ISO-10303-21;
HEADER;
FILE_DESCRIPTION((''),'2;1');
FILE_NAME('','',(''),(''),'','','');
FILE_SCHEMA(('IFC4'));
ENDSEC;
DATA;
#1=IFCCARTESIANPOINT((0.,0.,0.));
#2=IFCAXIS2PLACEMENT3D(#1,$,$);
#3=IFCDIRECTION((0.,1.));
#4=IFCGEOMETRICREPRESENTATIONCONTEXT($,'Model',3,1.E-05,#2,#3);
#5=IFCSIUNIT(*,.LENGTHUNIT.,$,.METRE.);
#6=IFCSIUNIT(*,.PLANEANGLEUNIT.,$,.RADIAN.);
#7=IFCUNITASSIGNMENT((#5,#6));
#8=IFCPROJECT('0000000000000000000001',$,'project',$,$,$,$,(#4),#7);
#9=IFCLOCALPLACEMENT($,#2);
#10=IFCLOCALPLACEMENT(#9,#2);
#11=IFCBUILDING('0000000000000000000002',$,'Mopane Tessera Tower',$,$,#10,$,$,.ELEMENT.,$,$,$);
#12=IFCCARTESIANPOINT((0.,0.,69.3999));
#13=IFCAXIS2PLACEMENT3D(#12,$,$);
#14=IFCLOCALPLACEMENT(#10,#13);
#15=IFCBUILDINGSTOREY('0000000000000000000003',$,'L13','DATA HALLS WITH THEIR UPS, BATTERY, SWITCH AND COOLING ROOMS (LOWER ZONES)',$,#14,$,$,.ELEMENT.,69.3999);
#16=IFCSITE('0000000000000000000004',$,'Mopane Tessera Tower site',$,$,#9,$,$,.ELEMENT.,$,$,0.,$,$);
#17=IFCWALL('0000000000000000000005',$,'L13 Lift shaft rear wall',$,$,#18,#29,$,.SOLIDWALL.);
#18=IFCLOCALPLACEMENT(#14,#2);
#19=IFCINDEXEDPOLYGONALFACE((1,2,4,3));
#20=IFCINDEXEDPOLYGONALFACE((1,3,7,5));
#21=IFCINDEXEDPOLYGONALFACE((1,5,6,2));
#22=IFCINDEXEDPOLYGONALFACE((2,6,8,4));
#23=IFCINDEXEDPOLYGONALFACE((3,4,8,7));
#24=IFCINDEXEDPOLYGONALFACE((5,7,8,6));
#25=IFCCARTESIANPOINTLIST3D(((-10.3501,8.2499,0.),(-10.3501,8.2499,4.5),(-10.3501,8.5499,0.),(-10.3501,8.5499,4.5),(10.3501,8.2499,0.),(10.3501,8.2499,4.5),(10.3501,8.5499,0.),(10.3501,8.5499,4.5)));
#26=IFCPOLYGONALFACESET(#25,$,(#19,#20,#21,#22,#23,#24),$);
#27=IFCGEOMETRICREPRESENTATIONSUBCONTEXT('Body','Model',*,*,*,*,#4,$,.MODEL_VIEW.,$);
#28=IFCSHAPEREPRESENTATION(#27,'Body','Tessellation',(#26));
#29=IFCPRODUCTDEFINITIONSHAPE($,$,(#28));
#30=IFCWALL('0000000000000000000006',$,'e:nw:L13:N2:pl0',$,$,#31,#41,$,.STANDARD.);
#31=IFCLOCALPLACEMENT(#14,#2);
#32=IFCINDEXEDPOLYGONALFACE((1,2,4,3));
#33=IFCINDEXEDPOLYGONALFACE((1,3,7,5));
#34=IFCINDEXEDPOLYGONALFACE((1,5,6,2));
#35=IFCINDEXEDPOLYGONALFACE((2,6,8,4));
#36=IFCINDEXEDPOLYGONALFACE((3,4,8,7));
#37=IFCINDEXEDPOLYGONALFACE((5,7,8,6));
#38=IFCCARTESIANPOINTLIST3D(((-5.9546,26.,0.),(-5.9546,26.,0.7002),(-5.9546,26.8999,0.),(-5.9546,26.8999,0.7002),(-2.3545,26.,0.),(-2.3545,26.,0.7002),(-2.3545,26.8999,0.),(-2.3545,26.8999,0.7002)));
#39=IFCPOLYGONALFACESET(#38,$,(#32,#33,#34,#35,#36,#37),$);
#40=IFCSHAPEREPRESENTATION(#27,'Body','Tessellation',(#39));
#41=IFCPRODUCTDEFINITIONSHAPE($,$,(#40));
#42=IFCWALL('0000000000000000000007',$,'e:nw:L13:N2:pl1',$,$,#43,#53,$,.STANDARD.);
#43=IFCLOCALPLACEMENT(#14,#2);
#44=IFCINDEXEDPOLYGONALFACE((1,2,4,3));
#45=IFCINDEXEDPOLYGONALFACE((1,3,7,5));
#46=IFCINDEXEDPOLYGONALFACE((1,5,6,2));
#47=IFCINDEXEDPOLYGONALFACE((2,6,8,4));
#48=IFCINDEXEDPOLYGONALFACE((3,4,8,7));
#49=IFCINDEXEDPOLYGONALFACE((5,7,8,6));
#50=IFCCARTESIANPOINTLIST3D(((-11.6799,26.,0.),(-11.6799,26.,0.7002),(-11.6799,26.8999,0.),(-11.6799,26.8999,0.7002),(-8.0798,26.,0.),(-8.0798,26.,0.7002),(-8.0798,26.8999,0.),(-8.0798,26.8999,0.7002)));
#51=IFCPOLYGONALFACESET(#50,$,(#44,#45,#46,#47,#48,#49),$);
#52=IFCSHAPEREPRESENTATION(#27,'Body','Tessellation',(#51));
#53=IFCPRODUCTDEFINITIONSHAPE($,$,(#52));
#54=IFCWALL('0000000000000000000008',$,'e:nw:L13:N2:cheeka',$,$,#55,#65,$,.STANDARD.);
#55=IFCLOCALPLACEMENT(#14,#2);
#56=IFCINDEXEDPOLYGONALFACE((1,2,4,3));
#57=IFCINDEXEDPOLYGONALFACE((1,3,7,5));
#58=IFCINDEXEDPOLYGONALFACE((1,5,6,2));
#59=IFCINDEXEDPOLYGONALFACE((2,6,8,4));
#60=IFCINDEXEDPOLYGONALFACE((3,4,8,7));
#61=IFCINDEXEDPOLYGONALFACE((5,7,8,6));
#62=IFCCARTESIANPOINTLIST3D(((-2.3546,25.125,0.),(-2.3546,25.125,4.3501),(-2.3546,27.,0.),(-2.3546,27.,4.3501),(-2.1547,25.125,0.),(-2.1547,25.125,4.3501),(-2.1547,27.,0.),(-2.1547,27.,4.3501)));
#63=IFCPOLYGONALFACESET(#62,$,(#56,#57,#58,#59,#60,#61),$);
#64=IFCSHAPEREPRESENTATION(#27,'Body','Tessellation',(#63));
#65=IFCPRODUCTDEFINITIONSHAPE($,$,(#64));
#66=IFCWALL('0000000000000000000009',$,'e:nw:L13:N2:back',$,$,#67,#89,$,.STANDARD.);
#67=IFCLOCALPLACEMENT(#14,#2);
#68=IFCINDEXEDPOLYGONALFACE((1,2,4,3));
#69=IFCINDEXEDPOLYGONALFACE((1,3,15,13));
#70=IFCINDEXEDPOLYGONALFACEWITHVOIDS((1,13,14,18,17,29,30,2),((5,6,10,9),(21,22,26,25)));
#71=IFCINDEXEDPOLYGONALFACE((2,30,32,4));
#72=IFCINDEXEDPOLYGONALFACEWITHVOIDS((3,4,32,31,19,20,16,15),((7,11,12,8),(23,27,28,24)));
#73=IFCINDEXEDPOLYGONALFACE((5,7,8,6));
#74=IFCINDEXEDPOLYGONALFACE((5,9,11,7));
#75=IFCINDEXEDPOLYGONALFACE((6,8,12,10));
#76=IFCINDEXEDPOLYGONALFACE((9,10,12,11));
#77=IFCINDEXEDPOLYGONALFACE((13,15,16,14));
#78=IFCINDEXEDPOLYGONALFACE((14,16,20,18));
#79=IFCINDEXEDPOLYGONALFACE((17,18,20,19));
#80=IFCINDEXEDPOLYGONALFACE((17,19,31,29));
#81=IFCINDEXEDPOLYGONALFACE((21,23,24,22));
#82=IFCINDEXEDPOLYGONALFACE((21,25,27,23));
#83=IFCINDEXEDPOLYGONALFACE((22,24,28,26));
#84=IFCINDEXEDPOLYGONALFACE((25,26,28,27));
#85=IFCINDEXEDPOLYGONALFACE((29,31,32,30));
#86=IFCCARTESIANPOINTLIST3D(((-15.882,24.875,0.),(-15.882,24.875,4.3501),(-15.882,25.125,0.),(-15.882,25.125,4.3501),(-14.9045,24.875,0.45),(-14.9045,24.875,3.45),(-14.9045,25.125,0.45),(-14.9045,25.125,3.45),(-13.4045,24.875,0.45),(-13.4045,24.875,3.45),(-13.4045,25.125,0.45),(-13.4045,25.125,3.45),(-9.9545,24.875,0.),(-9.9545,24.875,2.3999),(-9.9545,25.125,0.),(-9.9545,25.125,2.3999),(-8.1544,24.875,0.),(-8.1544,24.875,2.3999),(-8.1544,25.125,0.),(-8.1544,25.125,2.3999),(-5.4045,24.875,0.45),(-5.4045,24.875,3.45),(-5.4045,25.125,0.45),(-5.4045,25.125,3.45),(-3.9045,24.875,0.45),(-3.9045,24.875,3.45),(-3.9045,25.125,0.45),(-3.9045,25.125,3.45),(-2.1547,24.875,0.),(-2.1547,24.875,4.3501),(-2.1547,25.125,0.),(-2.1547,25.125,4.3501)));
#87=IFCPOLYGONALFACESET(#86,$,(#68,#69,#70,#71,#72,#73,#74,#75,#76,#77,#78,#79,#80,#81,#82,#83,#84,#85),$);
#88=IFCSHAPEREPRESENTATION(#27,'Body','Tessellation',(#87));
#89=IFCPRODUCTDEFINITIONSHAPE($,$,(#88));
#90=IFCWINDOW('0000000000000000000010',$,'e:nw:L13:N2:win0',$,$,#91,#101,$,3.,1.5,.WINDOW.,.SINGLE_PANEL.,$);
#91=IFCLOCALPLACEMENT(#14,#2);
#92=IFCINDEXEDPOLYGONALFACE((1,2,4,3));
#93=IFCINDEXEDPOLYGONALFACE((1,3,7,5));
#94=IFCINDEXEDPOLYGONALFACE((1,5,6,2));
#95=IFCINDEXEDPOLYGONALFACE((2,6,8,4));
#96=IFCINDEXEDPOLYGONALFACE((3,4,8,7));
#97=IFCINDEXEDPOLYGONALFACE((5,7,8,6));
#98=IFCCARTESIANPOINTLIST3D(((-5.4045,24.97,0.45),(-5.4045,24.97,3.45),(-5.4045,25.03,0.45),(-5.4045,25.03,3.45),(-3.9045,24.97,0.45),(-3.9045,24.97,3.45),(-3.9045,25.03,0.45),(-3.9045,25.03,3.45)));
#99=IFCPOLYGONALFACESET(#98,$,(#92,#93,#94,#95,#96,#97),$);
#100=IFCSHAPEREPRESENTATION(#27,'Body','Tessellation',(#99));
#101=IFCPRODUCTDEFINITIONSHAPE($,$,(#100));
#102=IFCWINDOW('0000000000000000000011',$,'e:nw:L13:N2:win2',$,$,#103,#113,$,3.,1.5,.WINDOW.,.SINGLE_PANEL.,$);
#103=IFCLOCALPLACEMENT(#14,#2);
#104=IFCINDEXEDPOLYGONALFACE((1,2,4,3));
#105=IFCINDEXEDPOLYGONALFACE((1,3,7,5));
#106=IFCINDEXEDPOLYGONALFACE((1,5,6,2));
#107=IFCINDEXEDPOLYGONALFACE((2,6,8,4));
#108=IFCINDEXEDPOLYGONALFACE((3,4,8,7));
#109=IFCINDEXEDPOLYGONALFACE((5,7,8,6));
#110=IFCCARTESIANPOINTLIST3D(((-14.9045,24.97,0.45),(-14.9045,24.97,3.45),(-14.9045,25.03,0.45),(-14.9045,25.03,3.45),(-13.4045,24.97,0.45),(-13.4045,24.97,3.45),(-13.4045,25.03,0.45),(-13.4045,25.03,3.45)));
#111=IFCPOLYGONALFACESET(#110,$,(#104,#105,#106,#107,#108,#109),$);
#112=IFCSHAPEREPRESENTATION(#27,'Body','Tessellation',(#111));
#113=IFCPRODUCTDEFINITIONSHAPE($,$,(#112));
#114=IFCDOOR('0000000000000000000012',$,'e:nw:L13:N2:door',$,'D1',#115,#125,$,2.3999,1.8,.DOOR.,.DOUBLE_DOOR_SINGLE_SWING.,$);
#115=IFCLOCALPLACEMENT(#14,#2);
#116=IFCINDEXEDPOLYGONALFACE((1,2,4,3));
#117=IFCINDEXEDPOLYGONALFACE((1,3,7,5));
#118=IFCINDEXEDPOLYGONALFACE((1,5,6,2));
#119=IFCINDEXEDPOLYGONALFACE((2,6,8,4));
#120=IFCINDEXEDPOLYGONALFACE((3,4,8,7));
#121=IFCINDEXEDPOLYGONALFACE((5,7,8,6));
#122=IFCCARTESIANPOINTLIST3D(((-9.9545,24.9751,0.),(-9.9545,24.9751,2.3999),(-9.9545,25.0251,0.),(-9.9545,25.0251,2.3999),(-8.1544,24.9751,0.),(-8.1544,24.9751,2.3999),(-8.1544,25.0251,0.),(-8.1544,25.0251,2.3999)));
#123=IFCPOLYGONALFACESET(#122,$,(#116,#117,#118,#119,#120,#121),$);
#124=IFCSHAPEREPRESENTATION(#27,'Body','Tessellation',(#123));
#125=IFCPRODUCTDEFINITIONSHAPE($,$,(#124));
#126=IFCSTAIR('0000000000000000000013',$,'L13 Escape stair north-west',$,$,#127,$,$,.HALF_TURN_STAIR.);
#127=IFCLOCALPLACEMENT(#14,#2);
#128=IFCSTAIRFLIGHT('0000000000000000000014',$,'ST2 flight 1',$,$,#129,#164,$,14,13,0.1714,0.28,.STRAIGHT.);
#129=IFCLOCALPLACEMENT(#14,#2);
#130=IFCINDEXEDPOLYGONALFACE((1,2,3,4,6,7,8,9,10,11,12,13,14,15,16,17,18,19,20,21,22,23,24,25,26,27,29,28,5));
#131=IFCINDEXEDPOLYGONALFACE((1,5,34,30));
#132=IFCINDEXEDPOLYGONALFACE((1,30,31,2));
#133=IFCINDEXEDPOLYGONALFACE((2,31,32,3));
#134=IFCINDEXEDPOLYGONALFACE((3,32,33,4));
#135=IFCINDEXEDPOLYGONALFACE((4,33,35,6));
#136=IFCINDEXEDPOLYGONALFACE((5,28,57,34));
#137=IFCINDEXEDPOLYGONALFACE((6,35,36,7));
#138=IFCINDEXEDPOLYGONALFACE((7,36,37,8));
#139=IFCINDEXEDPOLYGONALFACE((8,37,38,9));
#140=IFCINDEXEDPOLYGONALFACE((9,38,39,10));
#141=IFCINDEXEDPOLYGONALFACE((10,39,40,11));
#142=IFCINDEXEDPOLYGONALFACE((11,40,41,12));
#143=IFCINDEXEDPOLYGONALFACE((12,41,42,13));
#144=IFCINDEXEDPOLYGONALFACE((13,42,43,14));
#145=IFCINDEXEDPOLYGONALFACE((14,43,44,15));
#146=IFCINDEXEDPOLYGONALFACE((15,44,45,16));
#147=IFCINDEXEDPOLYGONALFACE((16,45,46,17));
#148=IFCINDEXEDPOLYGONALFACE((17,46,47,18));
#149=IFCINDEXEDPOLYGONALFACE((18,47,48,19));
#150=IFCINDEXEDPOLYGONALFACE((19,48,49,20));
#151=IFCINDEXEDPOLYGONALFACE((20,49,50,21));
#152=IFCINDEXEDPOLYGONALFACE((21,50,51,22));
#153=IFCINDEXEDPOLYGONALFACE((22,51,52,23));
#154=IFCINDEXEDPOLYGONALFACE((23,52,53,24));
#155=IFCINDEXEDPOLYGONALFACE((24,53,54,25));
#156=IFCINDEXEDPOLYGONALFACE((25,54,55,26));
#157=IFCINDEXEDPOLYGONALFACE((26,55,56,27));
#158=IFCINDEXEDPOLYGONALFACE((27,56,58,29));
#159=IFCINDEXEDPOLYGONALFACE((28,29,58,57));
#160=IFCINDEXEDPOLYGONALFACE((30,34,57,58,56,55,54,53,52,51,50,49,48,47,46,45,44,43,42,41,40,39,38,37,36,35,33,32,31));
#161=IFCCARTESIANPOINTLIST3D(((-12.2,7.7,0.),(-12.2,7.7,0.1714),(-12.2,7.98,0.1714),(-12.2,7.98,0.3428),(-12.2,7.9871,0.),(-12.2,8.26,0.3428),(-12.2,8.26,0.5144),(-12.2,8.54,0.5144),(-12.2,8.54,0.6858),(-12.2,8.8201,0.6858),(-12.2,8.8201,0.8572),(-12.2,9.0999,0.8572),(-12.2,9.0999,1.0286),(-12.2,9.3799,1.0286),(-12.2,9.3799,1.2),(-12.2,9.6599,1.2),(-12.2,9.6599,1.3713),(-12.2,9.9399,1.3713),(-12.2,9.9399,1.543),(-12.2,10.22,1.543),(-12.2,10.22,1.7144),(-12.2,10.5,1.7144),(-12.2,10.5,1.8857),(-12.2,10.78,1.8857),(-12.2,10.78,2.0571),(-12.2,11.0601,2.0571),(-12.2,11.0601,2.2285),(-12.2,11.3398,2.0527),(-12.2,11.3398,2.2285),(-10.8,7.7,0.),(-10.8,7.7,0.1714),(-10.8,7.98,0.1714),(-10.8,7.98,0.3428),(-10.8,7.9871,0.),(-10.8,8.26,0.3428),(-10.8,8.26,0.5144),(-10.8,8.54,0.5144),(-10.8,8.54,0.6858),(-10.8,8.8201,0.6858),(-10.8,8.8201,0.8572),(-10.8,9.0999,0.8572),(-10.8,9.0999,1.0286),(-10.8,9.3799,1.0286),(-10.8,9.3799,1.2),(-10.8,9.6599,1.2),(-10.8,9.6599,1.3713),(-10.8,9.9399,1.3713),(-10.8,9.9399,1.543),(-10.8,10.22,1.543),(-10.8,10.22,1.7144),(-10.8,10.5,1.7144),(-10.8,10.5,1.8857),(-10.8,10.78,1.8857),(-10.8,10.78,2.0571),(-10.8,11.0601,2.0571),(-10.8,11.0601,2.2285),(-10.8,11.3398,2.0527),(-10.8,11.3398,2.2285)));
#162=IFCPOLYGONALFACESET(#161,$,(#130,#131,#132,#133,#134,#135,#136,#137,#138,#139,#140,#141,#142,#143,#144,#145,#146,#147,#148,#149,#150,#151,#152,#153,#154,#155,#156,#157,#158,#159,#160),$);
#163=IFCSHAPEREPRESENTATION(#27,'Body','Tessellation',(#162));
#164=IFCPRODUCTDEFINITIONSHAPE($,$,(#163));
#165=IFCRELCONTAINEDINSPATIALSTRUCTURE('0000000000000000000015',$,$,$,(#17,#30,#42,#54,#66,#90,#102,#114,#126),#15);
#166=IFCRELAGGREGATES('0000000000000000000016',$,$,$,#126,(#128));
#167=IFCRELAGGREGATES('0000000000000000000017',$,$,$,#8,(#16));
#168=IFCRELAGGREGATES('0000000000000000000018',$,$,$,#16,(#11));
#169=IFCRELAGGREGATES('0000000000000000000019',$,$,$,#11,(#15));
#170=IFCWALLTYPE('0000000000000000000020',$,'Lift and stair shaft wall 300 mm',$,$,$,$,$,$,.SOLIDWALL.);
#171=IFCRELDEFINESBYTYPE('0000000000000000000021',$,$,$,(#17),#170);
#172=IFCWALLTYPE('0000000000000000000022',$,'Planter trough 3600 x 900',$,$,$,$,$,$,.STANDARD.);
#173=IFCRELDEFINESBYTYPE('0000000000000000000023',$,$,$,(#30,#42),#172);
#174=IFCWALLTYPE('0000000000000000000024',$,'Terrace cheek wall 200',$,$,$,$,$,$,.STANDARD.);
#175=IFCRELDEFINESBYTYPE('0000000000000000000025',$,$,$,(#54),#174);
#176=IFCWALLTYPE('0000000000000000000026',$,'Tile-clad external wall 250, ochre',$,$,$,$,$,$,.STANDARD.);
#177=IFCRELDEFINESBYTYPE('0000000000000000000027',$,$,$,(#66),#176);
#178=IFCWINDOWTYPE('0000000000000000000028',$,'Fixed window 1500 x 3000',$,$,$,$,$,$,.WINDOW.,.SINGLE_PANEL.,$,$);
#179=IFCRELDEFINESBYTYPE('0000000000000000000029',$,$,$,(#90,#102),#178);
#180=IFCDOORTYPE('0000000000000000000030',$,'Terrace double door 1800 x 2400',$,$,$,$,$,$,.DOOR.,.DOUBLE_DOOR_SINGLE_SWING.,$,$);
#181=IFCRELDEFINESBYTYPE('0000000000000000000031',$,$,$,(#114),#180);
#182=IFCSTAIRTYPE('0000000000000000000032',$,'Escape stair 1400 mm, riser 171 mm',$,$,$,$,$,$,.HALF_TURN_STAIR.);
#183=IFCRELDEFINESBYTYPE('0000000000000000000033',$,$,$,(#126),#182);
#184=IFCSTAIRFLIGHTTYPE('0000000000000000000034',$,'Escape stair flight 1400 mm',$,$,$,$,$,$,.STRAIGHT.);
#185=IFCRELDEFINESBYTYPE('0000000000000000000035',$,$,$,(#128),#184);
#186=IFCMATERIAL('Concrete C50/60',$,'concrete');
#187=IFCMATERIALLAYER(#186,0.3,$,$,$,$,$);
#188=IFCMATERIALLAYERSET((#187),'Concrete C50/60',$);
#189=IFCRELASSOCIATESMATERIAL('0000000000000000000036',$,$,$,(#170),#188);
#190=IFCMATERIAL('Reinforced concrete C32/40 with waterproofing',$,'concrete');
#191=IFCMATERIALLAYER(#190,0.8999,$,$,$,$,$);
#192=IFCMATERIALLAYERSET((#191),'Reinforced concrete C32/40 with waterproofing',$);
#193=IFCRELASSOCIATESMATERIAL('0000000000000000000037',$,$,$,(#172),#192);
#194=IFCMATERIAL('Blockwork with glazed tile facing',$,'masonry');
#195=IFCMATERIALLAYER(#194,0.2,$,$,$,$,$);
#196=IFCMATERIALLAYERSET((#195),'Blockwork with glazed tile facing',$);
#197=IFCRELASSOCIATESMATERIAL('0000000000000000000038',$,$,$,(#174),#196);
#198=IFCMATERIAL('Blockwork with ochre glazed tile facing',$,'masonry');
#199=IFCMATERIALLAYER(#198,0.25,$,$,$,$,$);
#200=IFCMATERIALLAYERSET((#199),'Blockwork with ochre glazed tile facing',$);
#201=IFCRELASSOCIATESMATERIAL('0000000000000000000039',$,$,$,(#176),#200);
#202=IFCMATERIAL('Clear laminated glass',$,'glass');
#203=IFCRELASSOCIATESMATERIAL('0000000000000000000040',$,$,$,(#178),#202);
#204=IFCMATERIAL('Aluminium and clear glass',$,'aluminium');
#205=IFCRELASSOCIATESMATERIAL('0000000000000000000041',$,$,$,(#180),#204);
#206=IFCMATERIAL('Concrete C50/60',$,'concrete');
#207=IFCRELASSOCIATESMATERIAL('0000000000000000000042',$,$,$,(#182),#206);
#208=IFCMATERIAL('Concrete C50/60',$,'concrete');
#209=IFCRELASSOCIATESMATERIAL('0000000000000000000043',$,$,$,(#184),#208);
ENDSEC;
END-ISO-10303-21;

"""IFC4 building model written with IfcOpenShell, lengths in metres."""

from ifc_helpers import new_model, si_unit, direction, frame, frame_2d, origin, place, context, subcontext, project, spatial, polyline, rectangle, outline, extrude, material, layer, layer_set, type_object, element, fill, aggregate, save


model = new_model("IFC4")

# Units and contexts
model_context = context("Model", 3, precision=1e-05, world=origin(), true_north=direction((0.0, 1.0)))
body_context = subcontext(model_context, "Body", "Model", "MODEL_VIEW")
ifc_project = project(units=[si_unit("LENGTHUNIT", "METRE"), si_unit("PLANEANGLEUNIT", "RADIAN")], contexts=[model_context])

# Site, building, storey
site_placement = place(None, origin())
site = spatial("IfcSite", under=ifc_project, at=site_placement, Name="Mopane Tessera Tower site", CompositionType="ELEMENT", RefElevation=0.0)
building_placement = place(site_placement, origin())
building = spatial("IfcBuilding", under=site, at=building_placement, Name="Mopane Tessera Tower", CompositionType="ELEMENT")
storey_placement = place(building_placement, frame((0.0, 0.0, 69.3999)))
storey = spatial("IfcBuildingStorey", under=building, at=storey_placement, Name="L13", Description="DATA HALLS WITH THEIR UPS, BATTERY, SWITCH AND COOLING ROOMS (LOWER ZONES)", CompositionType="ELEMENT", Elevation=69.3999)

# Walls
ifc_material_1 = material(Name="Concrete C50/60", Category="concrete")
ifc_layer_1 = layer(ifc_material_1, 0.3)
ifc_layer_set_1 = layer_set([ifc_layer_1], Name="Concrete C50/60")
wall_type_1 = type_object("IfcWallType", Name="Lift and stair shaft wall 300 mm", PredefinedType="SOLIDWALL", material=ifc_layer_set_1)
wall_1_placement = place(storey_placement, frame((-10.3501, 8.3999, 0.0), z_axis=(0.0, 0.0, 1.0), x_axis=(1.0, 0.0, 0.0)))
element("IfcWall", 1, at=wall_1_placement, inside=storey, type_object=wall_type_1, Name="L13 Lift shaft rear wall", PredefinedType="SOLIDWALL", context=body_context, shape_type="SweptSolid", body=[
    extrude(rectangle(XDim=20.7002, YDim=0.3, at=frame_2d((10.3501, 0.0))), origin(), (0.0, 0.0, 1.0), 4.5),
])
ifc_material_2 = material(Name="Reinforced concrete C32/40 with waterproofing", Category="concrete")
ifc_layer_2 = layer(ifc_material_2, 0.8999)
ifc_layer_set_2 = layer_set([ifc_layer_2], Name="Reinforced concrete C32/40 with waterproofing")
wall_type_2 = type_object("IfcWallType", Name="Planter trough 3600 x 900", PredefinedType="STANDARD", material=ifc_layer_set_2)
for number, where, z_axis, x_axis, name in (
    (2, (-2.3545, 26.45, 0.0), (0.0, 0.0, 1.0), (-1.0, 0.0, 0.0), "e:nw:L13:N2:pl0"),
    (3, (-8.0798, 26.45, 0.0), (0.0, 0.0, 1.0), (-1.0, 0.0, 0.0), "e:nw:L13:N2:pl1"),
):
    element("IfcWall", number, at=place(storey_placement, frame(where, z_axis=z_axis, x_axis=x_axis)), inside=storey, type_object=wall_type_2, Name=name, PredefinedType="STANDARD", context=body_context, shape_type="SweptSolid", body=[
        extrude(rectangle(XDim=3.6001, YDim=0.8999, at=frame_2d((1.8, 0.0))), origin(), (0.0, 0.0, 1.0), 0.7002),
    ])
ifc_material_3 = material(Name="Blockwork with glazed tile facing", Category="masonry")
ifc_layer_3 = layer(ifc_material_3, 0.2)
ifc_layer_set_3 = layer_set([ifc_layer_3], Name="Blockwork with glazed tile facing")
wall_type_3 = type_object("IfcWallType", Name="Terrace cheek wall 200", PredefinedType="STANDARD", material=ifc_layer_set_3)
wall_2_placement = place(storey_placement, frame((-2.2546, 27.0, 0.0), z_axis=(0.0, 0.0, 1.0), x_axis=(0.0, -1.0, 0.0)))
element("IfcWall", 4, at=wall_2_placement, inside=storey, type_object=wall_type_3, Name="e:nw:L13:N2:cheeka", PredefinedType="STANDARD", context=body_context, shape_type="SweptSolid", body=[
    extrude(rectangle(XDim=1.875, YDim=0.2, at=frame_2d((0.9375, 0.0))), origin(), (0.0, 0.0, 1.0), 4.3501),
])

# Wall, openings, windows, door
ifc_material_4 = material(Name="Blockwork with ochre glazed tile facing", Category="masonry")
ifc_layer_4 = layer(ifc_material_4, 0.25)
ifc_layer_set_4 = layer_set([ifc_layer_4], Name="Blockwork with ochre glazed tile facing")
wall_type_4 = type_object("IfcWallType", Name="Tile-clad external wall 250, ochre", PredefinedType="STANDARD", material=ifc_layer_set_4)
wall_3_placement = place(storey_placement, frame((-2.1545, 25.0, 0.0), z_axis=(0.0, 0.0, 1.0), x_axis=(-1.0, 0.0, 0.0)))
wall_3 = element("IfcWall", 5, at=wall_3_placement, inside=storey, type_object=wall_type_4, Name="e:nw:L13:N2:back", PredefinedType="STANDARD", context=body_context, shape_type="SweptSolid", body=[
    extrude(rectangle(XDim=13.7273, YDim=0.25, at=frame_2d((6.8638, 0.0))), origin(), (0.0, 0.0, 1.0), 4.3501),
])
opening_1_placement = place(wall_3_placement, frame((1.75, 0.0, 0.45)))
opening_1 = element("IfcOpeningElement", 6, at=opening_1_placement, cuts=wall_3, PredefinedType="OPENING", context=body_context, shape_type="SweptSolid", body=[
    extrude(rectangle(XDim=1.5, YDim=3.0, at=frame_2d((0.75, 1.5))), frame((0.0, 0.137, 0.0), z_axis=(0.0, -1.0, 0.0), x_axis=(1.0, 0.0, 0.0)), (0.0, 0.0, 1.0), 0.2739),
])
opening_2_placement = place(wall_3_placement, frame((6.0, 0.0, 0.0)))
opening_2 = element("IfcOpeningElement", 7, at=opening_2_placement, cuts=wall_3, PredefinedType="OPENING", context=body_context, shape_type="SweptSolid", body=[
    extrude(rectangle(XDim=1.8, YDim=2.3999, at=frame_2d((0.8999, 1.2))), frame((0.0, 0.137, 0.0), z_axis=(0.0, -1.0, 0.0), x_axis=(1.0, 0.0, 0.0)), (0.0, 0.0, 1.0), 0.2739),
])
opening_3_placement = place(wall_3_placement, frame((11.25, 0.0, 0.45)))
opening_3 = element("IfcOpeningElement", 8, at=opening_3_placement, cuts=wall_3, PredefinedType="OPENING", context=body_context, shape_type="SweptSolid", body=[
    extrude(rectangle(XDim=1.5, YDim=3.0, at=frame_2d((0.75, 1.5))), frame((0.0, 0.137, 0.0), z_axis=(0.0, -1.0, 0.0), x_axis=(1.0, 0.0, 0.0)), (0.0, 0.0, 1.0), 0.2739),
])
ifc_material_5 = material(Name="Clear laminated glass", Category="glass")
window_type = type_object("IfcWindowType", Name="Fixed window 1500 x 3000", PartitioningType="SINGLE_PANEL", PredefinedType="WINDOW", material=ifc_material_5)
window_1_placement = place(opening_1_placement, origin())
window_1 = element("IfcWindow", 9, at=window_1_placement, inside=storey, type_object=window_type, Name="e:nw:L13:N2:win0", OverallHeight=3.0, OverallWidth=1.5, PartitioningType="SINGLE_PANEL", PredefinedType="WINDOW", context=body_context, shape_type="SweptSolid", body=[
    extrude(rectangle(XDim=1.5, YDim=3.0, at=frame_2d((0.75, 1.5))), frame((0.0, 0.03, 0.0), z_axis=(0.0, -1.0, 0.0), x_axis=(1.0, 0.0, 0.0)), (0.0, 0.0, 1.0), 0.0601),
])
fill(opening_1, window_1)
window_2_placement = place(opening_3_placement, origin())
window_2 = element("IfcWindow", 10, at=window_2_placement, inside=storey, type_object=window_type, Name="e:nw:L13:N2:win2", OverallHeight=3.0, OverallWidth=1.5, PartitioningType="SINGLE_PANEL", PredefinedType="WINDOW", context=body_context, shape_type="SweptSolid", body=[
    extrude(rectangle(XDim=1.5, YDim=3.0, at=frame_2d((0.75, 1.5))), frame((0.0, 0.03, 0.0), z_axis=(0.0, -1.0, 0.0), x_axis=(1.0, 0.0, 0.0)), (0.0, 0.0, 1.0), 0.0601),
])
fill(opening_3, window_2)
ifc_material_6 = material(Name="Aluminium and clear glass", Category="aluminium")
door_type = type_object("IfcDoorType", Name="Terrace double door 1800 x 2400", OperationType="DOUBLE_DOOR_SINGLE_SWING", PredefinedType="DOOR", material=ifc_material_6)
door_placement = place(opening_2_placement, origin())
door = element("IfcDoor", 11, at=door_placement, inside=storey, type_object=door_type, Name="e:nw:L13:N2:door", ObjectType="D1", OperationType="DOUBLE_DOOR_SINGLE_SWING", OverallHeight=2.3999, OverallWidth=1.8, PredefinedType="DOOR", context=body_context, shape_type="SweptSolid", body=[
    extrude(rectangle(XDim=1.8, YDim=2.3999, at=frame_2d((0.8999, 1.2))), frame((0.0, 0.0249, 0.0), z_axis=(0.0, -1.0, 0.0), x_axis=(1.0, 0.0, 0.0)), (0.0, 0.0, 1.0), 0.05),
])
fill(opening_2, door)

# Stair, stair flight
ifc_material_7 = material(Name="Concrete C50/60", Category="concrete")
stair_type = type_object("IfcStairType", Name="Escape stair 1400 mm, riser 171 mm", PredefinedType="HALF_TURN_STAIR", material=ifc_material_7)
stair_placement = place(storey_placement, origin())
stair = element("IfcStair", 12, at=stair_placement, inside=storey, type_object=stair_type, Name="L13 Escape stair north-west", PredefinedType="HALF_TURN_STAIR")
ifc_material_8 = material(Name="Concrete C50/60", Category="concrete")
stair_flight_type = type_object("IfcStairFlightType", Name="Escape stair flight 1400 mm", PredefinedType="STRAIGHT", material=ifc_material_8)
stair_flight_1_placement = place(storey_placement, frame((-11.5, 7.7, 0.0), z_axis=(0.0, 0.0, 1.0), x_axis=(0.0, 1.0, 0.0)))
stair_flight_1 = element("IfcStairFlight", 13, at=stair_flight_1_placement, type_object=stair_flight_type, Name="ST2 flight 1", NumberOfRisers=14, NumberOfTreads=13, PredefinedType="STRAIGHT", RiserHeight=0.1714, TreadLength=0.28, context=body_context, shape_type="SweptSolid", body=[
    extrude(outline(polyline([(0.0, 0.0), (0.0, 0.1714), (0.28, 0.1714), (0.28, 0.3428), (0.5601, 0.3428), (0.5601, 0.5144), (0.8401, 0.5144), (0.8401, 0.6858), (1.1201, 0.6858), (1.1201, 0.8572), (1.3999, 0.8572), (1.3999, 1.0286), (1.6799, 1.0286), (1.6799, 1.2), (1.96, 1.2), (1.96, 1.3713), (2.24, 1.3713), (2.24, 1.543), (2.52, 1.543), (2.52, 1.7144), (2.8, 1.7144), (2.8, 1.8857), (3.0801, 1.8857), (3.0801, 2.0571), (3.3601, 2.0571), (3.3601, 2.2285), (3.6399, 2.2285), (3.6399, 2.3999), (3.6399, 2.0527), (0.2871, 0.0), (0.0, 0.0)])), frame((0.0, 0.7, 0.0), z_axis=(0.0, -1.0, 0.0), x_axis=(1.0, 0.0, 0.0)), (0.0, 0.0, 1.0), 1.3999),
])
aggregate(stair, [stair_flight_1])

save(model, "model.ifc")
